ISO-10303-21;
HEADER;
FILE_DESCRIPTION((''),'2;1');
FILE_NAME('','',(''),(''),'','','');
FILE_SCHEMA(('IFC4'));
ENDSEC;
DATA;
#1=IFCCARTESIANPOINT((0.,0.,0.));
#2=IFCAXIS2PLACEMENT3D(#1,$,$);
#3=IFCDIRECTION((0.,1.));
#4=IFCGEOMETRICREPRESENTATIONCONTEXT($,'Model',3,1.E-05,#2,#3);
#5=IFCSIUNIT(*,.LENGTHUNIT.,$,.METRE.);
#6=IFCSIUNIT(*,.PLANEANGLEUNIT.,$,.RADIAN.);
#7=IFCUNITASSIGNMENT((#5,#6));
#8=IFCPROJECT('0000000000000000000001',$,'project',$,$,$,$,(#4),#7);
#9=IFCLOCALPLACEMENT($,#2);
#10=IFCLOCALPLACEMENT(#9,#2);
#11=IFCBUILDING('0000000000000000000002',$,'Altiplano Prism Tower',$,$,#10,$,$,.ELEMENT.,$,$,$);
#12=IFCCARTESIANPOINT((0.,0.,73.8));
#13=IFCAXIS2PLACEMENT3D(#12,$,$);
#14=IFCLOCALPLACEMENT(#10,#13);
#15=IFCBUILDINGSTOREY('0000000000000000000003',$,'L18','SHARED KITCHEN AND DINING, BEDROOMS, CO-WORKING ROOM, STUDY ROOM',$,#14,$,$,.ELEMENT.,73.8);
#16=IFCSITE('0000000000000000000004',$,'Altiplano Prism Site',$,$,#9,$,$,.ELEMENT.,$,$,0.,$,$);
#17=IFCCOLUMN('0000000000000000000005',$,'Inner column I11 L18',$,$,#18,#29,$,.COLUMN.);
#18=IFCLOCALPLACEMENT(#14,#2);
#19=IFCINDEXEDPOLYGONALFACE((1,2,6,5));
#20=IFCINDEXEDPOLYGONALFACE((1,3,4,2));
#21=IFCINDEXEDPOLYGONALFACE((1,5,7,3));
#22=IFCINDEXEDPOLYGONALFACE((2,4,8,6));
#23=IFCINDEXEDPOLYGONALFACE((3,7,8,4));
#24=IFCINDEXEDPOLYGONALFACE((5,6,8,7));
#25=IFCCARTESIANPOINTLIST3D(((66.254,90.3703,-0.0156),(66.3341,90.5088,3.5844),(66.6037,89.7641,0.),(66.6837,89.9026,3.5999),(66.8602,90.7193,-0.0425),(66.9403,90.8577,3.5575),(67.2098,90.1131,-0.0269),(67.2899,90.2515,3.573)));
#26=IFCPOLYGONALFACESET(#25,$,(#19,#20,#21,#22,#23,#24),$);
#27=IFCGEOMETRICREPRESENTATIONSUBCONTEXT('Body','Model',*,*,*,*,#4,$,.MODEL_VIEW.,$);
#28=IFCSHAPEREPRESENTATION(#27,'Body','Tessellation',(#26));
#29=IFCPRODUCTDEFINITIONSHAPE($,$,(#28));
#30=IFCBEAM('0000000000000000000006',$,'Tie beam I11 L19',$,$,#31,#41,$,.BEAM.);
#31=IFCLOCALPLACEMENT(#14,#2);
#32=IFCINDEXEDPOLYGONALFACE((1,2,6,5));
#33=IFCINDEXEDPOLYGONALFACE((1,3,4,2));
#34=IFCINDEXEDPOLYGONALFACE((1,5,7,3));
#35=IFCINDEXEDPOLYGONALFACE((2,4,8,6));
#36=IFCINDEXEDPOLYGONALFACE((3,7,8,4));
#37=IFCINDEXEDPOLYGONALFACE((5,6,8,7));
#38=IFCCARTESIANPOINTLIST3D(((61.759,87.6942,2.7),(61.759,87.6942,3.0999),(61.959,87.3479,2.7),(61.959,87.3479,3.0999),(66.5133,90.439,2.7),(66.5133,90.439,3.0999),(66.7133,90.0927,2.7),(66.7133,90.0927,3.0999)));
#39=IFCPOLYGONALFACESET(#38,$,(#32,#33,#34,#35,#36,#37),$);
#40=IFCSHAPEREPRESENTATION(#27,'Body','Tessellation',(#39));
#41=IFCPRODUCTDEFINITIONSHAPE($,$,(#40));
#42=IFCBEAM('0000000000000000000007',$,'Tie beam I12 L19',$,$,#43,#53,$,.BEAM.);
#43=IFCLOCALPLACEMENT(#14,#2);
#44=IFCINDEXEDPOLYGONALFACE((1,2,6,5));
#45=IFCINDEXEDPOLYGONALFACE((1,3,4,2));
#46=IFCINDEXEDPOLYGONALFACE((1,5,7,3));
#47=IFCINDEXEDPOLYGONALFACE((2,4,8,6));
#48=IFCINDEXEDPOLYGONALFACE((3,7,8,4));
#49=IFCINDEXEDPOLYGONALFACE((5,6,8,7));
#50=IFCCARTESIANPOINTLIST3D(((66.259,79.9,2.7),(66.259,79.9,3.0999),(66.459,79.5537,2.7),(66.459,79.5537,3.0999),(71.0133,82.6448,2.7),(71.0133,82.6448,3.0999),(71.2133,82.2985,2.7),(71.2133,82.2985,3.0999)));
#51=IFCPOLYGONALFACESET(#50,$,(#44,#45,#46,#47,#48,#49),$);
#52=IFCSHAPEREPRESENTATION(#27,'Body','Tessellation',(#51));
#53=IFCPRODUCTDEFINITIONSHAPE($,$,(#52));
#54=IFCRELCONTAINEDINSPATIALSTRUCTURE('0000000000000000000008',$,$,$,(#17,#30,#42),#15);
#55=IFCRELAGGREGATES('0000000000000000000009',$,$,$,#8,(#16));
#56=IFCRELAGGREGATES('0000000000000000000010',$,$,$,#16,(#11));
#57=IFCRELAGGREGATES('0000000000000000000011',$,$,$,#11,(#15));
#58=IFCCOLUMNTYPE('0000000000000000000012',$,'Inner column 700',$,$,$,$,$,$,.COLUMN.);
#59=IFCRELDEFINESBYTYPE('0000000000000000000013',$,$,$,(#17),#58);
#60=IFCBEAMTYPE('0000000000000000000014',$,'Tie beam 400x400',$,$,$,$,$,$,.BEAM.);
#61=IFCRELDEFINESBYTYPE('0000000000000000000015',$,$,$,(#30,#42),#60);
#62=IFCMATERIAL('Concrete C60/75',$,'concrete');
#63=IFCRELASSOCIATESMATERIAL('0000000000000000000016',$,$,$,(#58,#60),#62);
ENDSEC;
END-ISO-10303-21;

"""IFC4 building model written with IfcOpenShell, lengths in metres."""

from ifc_helpers import new_model, si_unit, direction, frame, origin, origin_2d, place, context, subcontext, project, spatial, rectangle, extrude, material, material_profile, profile_set, type_object, element, save


model = new_model("IFC4")

# Units and contexts
model_context = context("Model", 3, precision=1e-05, world=origin(), true_north=direction((0.0, 1.0)))
body_context = subcontext(model_context, "Body", "Model", "MODEL_VIEW")
ifc_project = project(units=[si_unit("LENGTHUNIT", "METRE"), si_unit("PLANEANGLEUNIT", "RADIAN")], contexts=[model_context])

# Site, building, storey
site_placement = place(None, origin())
site = spatial("IfcSite", under=ifc_project, at=site_placement, Name="Altiplano Prism Site", CompositionType="ELEMENT", RefElevation=0.0)
building_placement = place(site_placement, origin())
building = spatial("IfcBuilding", under=site, at=building_placement, Name="Altiplano Prism Tower", CompositionType="ELEMENT")
storey_placement = place(building_placement, frame((0.0, 0.0, 73.8)))
storey = spatial("IfcBuildingStorey", under=building, at=storey_placement, Name="L18", Description="SHARED KITCHEN AND DINING, BEDROOMS, CO-WORKING ROOM, STUDY ROOM", CompositionType="ELEMENT", Elevation=73.8)

# Column
ifc_material_1 = material(Name="Concrete C60/75", Category="concrete")
ifc_material_profile_1 = material_profile(ifc_material_1, rectangle(XDim=0.7, YDim=0.7, at=origin_2d()), Name="Inner column 700")
ifc_profile_set_1 = profile_set([ifc_material_profile_1], Name="Concrete C60/75")
column_type = type_object("IfcColumnType", Name="Inner column 700", PredefinedType="COLUMN", material=ifc_profile_set_1)
column_placement = place(storey_placement, frame((66.7319, 90.2417, -0.0212), z_axis=(0.022223, 0.038416, 0.999015), x_axis=(-0.866027, -0.498518, 0.038434)))
element("IfcColumn", 1, at=column_placement, inside=storey, type_object=column_type, Name="Inner column I11 L18", PredefinedType="COLUMN", context=body_context, shape_type="SweptSolid", body=[
    extrude(rectangle(XDim=0.7, YDim=0.7, at=origin_2d()), origin(), (0.0, 0.0, 1.0), 3.6035),
])

# Beams
ifc_material_profile_2 = material_profile(ifc_material_1, rectangle(XDim=0.3999, YDim=0.3999, at=origin_2d()), Name="Tie beam 400x400")
ifc_profile_set_2 = profile_set([ifc_material_profile_2], Name="Concrete C60/75")
beam_type = type_object("IfcBeamType", Name="Tie beam 400x400", PredefinedType="BEAM", material=ifc_profile_set_2)
for number, where, z_axis, x_axis, name in (
    (2, (66.6133, 90.2659, 2.8999), (-0.866032, -0.499989, 0.0), (0.499989, -0.866032, 0.0), "Tie beam I11 L19"),
    (3, (71.1133, 82.4717, 2.8999), (-0.866032, -0.499989, 0.0), (0.499989, -0.866032, 0.0), "Tie beam I12 L19"),
):
    element("IfcBeam", number, at=place(storey_placement, frame(where, z_axis=z_axis, x_axis=x_axis)), inside=storey, type_object=beam_type, Name=name, PredefinedType="BEAM", context=body_context, shape_type="SweptSolid", body=[
        extrude(rectangle(XDim=0.3999, YDim=0.3999, at=origin_2d()), origin(), (0.0, 0.0, 1.0), 5.4897),
    ])

save(model, "model.ifc")
